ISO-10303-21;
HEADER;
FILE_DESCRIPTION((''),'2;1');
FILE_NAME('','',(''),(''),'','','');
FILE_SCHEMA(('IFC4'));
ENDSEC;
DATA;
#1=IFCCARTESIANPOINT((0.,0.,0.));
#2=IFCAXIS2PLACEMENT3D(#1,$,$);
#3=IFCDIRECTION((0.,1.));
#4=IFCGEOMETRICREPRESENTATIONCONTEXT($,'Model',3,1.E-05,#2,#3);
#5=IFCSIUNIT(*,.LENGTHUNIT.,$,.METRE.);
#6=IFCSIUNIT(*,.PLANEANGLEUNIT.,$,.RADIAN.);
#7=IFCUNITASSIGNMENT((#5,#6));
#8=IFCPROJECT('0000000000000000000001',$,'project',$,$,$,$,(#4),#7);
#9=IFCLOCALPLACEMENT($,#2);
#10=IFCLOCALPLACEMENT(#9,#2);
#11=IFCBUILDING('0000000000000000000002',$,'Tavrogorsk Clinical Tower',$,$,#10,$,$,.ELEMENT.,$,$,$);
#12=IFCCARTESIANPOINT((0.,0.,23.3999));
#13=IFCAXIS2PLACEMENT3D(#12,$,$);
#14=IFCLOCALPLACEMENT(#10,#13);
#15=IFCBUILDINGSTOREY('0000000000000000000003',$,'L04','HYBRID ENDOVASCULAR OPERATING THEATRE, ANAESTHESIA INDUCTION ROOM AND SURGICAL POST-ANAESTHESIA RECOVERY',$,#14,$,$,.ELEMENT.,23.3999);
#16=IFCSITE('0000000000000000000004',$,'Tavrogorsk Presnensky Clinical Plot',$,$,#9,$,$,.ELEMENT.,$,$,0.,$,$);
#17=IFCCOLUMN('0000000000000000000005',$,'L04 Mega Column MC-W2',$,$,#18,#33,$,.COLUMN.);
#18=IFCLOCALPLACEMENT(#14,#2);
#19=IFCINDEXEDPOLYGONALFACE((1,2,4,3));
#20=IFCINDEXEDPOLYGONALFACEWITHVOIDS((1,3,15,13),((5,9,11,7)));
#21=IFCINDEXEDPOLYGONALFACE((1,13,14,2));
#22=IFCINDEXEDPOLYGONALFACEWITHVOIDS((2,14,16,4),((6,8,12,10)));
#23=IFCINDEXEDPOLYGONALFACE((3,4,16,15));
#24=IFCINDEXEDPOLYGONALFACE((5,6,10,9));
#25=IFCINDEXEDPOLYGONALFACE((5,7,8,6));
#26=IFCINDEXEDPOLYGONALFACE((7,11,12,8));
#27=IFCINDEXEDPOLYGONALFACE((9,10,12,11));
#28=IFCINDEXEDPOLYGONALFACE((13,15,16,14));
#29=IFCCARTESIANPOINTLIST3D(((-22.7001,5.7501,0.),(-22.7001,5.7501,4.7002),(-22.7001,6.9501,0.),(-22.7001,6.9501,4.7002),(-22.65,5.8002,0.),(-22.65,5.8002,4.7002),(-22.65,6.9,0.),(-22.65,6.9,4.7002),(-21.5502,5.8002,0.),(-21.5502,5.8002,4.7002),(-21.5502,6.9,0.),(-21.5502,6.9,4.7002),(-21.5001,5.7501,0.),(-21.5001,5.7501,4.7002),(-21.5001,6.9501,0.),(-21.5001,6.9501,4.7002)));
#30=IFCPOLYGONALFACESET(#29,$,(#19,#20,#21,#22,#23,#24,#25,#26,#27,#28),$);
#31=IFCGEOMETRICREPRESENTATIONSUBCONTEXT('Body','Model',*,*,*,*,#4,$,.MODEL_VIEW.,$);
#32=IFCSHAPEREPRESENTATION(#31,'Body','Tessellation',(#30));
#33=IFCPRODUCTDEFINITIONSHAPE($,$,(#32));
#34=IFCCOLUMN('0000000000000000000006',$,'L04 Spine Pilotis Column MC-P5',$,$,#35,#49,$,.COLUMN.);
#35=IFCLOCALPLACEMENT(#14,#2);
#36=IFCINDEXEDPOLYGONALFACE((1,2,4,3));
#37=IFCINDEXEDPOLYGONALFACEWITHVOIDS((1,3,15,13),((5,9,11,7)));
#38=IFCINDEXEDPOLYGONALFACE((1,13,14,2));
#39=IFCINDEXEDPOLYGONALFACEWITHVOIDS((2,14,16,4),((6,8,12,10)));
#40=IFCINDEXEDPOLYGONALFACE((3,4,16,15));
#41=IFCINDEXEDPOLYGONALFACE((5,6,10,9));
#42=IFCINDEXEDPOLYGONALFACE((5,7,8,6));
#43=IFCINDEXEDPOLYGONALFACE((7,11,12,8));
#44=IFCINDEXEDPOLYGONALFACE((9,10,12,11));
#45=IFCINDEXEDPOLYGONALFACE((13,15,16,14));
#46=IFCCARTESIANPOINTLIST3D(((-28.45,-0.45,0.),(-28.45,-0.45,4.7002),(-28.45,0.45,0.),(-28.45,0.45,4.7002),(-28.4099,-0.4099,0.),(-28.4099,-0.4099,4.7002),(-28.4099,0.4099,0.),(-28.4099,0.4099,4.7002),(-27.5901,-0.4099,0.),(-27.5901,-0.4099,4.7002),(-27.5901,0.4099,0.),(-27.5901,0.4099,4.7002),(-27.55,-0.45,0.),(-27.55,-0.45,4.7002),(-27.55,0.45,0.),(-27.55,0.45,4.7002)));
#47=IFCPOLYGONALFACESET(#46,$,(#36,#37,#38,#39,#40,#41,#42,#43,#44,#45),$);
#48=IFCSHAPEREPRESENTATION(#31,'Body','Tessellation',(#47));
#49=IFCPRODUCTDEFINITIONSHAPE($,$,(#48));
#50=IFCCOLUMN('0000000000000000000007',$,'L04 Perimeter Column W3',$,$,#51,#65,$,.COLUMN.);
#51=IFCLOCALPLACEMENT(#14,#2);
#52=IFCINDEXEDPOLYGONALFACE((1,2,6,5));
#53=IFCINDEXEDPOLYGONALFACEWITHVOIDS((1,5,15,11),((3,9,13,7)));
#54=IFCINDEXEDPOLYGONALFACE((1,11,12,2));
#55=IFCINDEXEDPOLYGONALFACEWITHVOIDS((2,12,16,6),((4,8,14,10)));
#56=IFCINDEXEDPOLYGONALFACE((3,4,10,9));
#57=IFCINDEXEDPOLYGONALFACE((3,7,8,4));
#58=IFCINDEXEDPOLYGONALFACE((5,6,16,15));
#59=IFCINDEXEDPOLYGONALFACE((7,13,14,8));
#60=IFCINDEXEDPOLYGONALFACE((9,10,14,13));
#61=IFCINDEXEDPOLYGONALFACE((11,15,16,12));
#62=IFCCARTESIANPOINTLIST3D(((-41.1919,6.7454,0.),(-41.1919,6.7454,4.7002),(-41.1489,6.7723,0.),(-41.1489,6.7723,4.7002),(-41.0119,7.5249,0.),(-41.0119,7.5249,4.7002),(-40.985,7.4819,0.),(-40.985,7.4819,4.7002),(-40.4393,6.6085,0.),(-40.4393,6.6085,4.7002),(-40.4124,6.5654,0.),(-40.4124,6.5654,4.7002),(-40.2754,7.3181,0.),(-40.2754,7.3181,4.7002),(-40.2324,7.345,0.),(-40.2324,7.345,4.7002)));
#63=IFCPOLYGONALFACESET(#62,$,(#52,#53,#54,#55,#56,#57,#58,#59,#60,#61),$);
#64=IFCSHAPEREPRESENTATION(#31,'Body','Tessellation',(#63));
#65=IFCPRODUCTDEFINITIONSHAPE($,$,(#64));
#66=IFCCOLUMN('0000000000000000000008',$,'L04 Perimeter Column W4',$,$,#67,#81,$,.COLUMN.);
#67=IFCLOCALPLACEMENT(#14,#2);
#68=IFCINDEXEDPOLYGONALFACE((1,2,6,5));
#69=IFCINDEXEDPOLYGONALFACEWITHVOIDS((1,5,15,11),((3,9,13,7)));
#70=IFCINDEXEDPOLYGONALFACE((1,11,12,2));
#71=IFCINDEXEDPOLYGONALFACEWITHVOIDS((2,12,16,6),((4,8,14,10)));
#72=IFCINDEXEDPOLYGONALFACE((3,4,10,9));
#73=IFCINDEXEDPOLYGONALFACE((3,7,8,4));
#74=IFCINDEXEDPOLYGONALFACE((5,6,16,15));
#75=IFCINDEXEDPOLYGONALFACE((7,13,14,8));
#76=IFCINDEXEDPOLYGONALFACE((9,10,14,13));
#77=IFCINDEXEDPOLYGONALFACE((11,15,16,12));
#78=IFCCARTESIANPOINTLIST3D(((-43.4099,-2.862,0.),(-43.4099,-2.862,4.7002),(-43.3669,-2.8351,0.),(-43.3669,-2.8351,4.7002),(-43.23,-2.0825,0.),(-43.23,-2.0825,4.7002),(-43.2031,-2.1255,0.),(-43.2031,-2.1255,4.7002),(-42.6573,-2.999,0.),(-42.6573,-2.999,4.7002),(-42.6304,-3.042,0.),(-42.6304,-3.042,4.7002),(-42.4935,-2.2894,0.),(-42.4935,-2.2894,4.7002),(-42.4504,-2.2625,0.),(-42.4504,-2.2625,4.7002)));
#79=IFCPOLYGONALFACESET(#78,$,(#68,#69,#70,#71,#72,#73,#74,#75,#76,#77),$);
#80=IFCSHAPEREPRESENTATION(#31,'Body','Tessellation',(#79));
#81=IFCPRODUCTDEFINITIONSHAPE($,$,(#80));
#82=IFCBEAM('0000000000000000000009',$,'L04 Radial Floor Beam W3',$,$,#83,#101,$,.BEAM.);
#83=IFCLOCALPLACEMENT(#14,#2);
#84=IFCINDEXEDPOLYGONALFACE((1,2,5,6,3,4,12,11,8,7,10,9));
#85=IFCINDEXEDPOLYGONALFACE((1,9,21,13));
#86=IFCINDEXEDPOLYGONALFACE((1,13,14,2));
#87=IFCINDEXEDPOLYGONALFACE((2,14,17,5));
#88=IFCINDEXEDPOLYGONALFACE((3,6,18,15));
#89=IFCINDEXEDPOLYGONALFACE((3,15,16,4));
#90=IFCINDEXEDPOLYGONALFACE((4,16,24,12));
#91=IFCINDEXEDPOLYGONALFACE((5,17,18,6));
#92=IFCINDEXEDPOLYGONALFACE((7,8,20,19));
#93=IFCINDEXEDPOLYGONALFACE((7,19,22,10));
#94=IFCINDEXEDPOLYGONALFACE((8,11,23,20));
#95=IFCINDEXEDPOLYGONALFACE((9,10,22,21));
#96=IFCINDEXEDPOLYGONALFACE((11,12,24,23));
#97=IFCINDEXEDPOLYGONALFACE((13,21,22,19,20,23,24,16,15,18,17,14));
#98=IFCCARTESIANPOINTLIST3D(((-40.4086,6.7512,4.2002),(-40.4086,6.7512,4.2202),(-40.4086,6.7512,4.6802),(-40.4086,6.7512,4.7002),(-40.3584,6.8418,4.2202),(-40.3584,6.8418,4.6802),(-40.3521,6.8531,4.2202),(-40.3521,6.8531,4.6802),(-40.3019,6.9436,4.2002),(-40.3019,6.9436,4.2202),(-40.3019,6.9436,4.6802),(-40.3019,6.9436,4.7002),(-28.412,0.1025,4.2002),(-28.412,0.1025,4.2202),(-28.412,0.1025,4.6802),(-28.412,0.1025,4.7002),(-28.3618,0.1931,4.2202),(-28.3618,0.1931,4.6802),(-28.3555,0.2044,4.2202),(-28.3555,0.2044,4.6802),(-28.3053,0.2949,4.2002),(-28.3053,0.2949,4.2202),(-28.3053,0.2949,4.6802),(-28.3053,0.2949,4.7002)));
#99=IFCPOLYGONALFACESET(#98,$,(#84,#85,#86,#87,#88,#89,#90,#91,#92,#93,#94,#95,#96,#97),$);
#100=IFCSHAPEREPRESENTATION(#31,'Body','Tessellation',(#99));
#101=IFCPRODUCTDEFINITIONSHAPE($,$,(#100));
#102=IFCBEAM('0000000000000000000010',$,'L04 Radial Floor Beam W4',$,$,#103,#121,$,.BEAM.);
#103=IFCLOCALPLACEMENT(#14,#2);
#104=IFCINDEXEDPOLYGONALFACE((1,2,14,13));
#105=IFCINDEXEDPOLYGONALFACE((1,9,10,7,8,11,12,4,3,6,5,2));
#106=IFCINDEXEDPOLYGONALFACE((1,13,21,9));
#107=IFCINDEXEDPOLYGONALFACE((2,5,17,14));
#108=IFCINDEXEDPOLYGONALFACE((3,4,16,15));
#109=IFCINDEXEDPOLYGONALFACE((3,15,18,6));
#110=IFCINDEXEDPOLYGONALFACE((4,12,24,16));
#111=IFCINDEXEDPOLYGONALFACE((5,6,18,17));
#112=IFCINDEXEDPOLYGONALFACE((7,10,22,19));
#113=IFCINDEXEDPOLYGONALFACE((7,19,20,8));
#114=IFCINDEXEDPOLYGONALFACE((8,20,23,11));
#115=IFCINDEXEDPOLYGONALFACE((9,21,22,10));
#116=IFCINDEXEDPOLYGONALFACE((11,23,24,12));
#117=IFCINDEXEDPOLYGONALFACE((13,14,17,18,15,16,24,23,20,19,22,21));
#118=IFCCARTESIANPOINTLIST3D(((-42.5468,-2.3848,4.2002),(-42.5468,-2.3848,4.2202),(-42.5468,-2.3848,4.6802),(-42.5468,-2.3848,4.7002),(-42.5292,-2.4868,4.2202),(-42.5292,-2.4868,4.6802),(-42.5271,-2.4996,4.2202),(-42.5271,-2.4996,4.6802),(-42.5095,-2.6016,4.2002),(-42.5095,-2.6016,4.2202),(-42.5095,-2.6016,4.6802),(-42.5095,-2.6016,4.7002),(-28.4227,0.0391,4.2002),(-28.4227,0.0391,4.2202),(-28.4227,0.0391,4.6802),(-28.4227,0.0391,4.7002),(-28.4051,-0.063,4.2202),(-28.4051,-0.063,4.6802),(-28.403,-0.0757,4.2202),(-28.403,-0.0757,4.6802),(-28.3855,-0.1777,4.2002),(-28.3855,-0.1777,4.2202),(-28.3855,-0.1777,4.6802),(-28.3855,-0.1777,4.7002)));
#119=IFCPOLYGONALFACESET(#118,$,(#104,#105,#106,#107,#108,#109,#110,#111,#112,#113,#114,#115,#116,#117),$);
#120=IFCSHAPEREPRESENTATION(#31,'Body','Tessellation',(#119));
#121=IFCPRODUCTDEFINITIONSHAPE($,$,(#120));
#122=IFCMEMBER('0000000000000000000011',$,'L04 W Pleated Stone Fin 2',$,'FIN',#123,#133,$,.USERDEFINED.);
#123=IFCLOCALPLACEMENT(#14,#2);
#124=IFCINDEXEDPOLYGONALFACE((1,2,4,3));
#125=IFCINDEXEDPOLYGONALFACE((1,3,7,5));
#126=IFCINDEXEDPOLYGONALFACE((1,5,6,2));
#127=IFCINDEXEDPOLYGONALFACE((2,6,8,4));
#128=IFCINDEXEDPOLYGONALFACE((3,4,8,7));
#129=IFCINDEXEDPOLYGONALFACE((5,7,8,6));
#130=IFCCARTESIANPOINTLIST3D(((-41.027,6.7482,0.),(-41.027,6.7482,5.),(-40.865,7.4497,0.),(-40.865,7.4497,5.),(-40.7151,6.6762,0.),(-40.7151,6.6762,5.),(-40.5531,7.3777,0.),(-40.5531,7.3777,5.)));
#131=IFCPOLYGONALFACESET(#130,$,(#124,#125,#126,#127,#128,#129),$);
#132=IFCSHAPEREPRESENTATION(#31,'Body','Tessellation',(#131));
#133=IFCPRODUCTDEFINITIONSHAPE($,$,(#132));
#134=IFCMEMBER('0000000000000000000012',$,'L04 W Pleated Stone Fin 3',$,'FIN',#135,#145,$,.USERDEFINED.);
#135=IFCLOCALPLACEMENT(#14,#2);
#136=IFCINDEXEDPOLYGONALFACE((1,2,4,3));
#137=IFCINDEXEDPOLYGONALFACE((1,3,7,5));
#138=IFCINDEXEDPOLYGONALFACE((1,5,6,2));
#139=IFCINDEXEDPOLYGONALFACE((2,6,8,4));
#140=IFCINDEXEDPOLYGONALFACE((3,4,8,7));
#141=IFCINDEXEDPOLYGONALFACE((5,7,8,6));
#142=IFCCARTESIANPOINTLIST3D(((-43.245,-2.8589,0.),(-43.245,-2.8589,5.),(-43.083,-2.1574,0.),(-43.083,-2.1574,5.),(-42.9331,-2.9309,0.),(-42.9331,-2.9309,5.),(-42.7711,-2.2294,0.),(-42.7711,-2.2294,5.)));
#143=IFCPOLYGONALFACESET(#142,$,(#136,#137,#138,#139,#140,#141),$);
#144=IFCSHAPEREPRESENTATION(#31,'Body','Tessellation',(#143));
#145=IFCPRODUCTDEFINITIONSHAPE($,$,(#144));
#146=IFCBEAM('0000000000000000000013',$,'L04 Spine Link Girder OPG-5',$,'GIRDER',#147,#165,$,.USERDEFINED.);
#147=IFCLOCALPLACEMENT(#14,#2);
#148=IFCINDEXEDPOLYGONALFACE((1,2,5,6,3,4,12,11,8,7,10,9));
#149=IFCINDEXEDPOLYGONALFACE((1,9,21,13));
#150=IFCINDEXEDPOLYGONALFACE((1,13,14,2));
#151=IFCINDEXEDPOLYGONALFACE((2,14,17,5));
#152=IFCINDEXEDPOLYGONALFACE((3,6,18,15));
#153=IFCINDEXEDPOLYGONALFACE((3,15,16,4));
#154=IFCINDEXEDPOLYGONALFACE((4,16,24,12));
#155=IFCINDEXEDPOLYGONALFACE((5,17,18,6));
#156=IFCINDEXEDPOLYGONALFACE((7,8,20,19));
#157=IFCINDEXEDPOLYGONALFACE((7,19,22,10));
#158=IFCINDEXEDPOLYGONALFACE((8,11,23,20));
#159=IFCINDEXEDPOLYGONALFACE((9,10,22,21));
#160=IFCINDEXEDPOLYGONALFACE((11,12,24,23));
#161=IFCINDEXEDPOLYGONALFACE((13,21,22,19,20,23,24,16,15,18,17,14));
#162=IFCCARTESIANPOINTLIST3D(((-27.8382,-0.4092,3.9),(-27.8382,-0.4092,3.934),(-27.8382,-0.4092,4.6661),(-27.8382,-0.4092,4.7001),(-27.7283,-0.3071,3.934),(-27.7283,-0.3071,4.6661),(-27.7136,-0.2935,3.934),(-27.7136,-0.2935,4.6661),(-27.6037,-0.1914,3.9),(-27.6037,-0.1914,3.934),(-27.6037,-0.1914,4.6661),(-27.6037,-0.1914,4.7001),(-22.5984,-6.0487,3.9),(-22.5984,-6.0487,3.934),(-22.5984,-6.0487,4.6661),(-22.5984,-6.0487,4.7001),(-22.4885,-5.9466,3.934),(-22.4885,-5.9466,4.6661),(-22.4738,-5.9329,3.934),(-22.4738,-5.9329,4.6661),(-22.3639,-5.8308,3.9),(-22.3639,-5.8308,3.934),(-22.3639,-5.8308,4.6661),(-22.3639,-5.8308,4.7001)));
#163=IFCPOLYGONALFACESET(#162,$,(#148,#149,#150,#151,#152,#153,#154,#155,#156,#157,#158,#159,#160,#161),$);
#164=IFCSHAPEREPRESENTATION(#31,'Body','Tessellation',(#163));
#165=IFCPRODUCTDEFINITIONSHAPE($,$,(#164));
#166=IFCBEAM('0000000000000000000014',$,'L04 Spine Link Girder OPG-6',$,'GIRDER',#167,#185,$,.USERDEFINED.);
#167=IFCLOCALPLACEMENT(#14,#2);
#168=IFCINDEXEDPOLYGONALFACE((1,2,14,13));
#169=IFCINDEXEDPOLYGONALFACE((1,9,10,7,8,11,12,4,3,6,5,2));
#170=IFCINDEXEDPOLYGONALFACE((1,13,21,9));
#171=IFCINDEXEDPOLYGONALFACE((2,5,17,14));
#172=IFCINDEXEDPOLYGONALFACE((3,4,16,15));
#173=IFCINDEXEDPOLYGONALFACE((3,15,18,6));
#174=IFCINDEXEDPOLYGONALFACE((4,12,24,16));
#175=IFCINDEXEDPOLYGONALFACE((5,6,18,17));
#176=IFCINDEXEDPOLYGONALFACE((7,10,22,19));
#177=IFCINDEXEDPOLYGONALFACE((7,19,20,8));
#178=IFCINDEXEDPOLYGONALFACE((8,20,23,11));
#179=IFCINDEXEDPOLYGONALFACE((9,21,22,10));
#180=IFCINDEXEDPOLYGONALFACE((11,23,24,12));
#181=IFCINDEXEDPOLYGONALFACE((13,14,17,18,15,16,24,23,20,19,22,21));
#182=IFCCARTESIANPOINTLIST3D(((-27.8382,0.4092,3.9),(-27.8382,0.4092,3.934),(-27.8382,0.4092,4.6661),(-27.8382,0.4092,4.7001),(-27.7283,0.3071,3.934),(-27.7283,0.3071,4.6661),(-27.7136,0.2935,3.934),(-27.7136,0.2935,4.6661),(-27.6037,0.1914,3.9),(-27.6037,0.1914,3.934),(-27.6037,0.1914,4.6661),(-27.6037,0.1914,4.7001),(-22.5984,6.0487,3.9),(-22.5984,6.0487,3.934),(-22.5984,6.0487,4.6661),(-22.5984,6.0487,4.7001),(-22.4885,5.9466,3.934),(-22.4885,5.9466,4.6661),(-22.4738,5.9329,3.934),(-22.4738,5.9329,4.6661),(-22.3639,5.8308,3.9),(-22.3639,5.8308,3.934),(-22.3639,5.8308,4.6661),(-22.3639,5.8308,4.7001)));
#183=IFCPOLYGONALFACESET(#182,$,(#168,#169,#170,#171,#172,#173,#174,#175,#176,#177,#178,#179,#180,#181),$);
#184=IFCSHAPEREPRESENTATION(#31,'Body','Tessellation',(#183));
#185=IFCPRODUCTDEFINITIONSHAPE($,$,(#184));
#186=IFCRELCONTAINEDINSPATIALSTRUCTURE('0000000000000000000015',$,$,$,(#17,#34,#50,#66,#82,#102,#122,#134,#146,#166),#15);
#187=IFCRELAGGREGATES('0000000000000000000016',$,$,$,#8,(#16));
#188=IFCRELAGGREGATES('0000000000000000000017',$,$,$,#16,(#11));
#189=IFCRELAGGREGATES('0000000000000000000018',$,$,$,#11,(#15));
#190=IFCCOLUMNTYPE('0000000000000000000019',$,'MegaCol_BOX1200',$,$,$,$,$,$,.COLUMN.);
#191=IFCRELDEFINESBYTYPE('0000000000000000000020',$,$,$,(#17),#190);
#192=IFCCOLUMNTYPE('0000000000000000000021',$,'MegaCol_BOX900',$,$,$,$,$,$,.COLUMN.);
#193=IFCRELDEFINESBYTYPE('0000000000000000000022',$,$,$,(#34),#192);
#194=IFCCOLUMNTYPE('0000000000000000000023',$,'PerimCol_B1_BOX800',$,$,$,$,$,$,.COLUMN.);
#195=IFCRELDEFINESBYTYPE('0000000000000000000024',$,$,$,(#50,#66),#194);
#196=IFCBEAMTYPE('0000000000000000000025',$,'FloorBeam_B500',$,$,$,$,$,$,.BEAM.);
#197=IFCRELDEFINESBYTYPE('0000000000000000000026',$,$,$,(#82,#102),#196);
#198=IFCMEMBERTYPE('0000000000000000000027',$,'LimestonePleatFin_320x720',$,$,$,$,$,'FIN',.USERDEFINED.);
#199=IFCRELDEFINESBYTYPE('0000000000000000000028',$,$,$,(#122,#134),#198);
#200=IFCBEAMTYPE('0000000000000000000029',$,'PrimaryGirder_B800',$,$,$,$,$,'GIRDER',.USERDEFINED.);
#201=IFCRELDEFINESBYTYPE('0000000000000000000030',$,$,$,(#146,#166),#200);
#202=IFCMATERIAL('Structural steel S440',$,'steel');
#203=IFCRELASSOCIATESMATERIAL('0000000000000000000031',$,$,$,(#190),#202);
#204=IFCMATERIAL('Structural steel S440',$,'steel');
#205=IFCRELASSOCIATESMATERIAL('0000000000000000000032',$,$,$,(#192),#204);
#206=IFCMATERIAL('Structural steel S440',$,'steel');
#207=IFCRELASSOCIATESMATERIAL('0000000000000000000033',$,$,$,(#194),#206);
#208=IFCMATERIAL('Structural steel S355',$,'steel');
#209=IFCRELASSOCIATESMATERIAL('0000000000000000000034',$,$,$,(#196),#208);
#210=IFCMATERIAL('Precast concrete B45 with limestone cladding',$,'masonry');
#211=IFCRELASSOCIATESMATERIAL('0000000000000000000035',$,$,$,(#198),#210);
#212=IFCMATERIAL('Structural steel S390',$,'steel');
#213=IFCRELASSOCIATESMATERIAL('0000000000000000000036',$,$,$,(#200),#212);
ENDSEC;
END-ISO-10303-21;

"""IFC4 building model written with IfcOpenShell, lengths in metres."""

from ifc_helpers import new_model, si_unit, direction, frame, origin, origin_2d, place, context, subcontext, project, spatial, rectangle, hollow_rectangle, i_section, extrude, material, material_profile, profile_set, type_object, element, save


model = new_model("IFC4")

# Units and contexts
model_context = context("Model", 3, precision=1e-05, world=origin(), true_north=direction((0.0, 1.0)))
body_context = subcontext(model_context, "Body", "Model", "MODEL_VIEW")
ifc_project = project(units=[si_unit("LENGTHUNIT", "METRE"), si_unit("PLANEANGLEUNIT", "RADIAN")], contexts=[model_context])

# Site, building, storey
site_placement = place(None, origin())
site = spatial("IfcSite", under=ifc_project, at=site_placement, Name="Tavrogorsk Presnensky Clinical Plot", CompositionType="ELEMENT", RefElevation=0.0)
building_placement = place(site_placement, origin())
building = spatial("IfcBuilding", under=site, at=building_placement, Name="Tavrogorsk Clinical Tower", CompositionType="ELEMENT")
storey_placement = place(building_placement, frame((0.0, 0.0, 23.3999)))
storey = spatial("IfcBuildingStorey", under=building, at=storey_placement, Name="L04", Description="HYBRID ENDOVASCULAR OPERATING THEATRE, ANAESTHESIA INDUCTION ROOM AND SURGICAL POST-ANAESTHESIA RECOVERY", CompositionType="ELEMENT", Elevation=23.3999)

# Columns
ifc_material_1 = material(Name="Structural steel S440", Category="steel")
ifc_material_profile_1 = material_profile(ifc_material_1, hollow_rectangle(XDim=1.2, YDim=1.2, WallThickness=0.05, at=origin_2d()), Name="BOX-1200x1200x50")
ifc_profile_set_1 = profile_set([ifc_material_profile_1], Name="Structural steel S440")
column_type_1 = type_object("IfcColumnType", Name="MegaCol_BOX1200", PredefinedType="COLUMN", material=ifc_profile_set_1)
column_1_placement = place(storey_placement, frame((-22.1001, 6.3501, 0.0), z_axis=(0.0, 0.0, 1.0), x_axis=(1.0, 0.0, 0.0)))
element("IfcColumn", 1, at=column_1_placement, inside=storey, type_object=column_type_1, Name="L04 Mega Column MC-W2", PredefinedType="COLUMN", context=body_context, shape_type="SweptSolid", body=[
    extrude(hollow_rectangle(XDim=1.2, YDim=1.2, WallThickness=0.05, at=origin_2d()), origin(), (0.0, 0.0, 1.0), 4.7002),
])
ifc_material_2 = material(Name="Structural steel S440", Category="steel")
ifc_material_profile_2 = material_profile(ifc_material_2, hollow_rectangle(XDim=0.8999, YDim=0.8999, WallThickness=0.04, at=origin_2d()), Name="BOX-900x900x40")
ifc_profile_set_2 = profile_set([ifc_material_profile_2], Name="Structural steel S440")
column_type_2 = type_object("IfcColumnType", Name="MegaCol_BOX900", PredefinedType="COLUMN", material=ifc_profile_set_2)
column_2_placement = place(storey_placement, frame((-28.0, 0.0, 0.0), z_axis=(0.0, 0.0, 1.0), x_axis=(1.0, 0.0, 0.0)))
element("IfcColumn", 2, at=column_2_placement, inside=storey, type_object=column_type_2, Name="L04 Spine Pilotis Column MC-P5", PredefinedType="COLUMN", context=body_context, shape_type="SweptSolid", body=[
    extrude(hollow_rectangle(XDim=0.8999, YDim=0.8999, WallThickness=0.04, at=origin_2d()), origin(), (0.0, 0.0, 1.0), 4.7002),
])
ifc_material_3 = material(Name="Structural steel S440", Category="steel")
ifc_material_profile_3 = material_profile(ifc_material_3, hollow_rectangle(XDim=0.8, YDim=0.8, WallThickness=0.0359, at=origin_2d()), Name="BOX-800x800x36")
ifc_profile_set_3 = profile_set([ifc_material_profile_3], Name="Structural steel S440")
column_type_3 = type_object("IfcColumnType", Name="PerimCol_B1_BOX800", PredefinedType="COLUMN", material=ifc_profile_set_3)
for number, where, z_axis, x_axis, name in (
    (3, (-40.7122, 7.0452, 0.0), (0.0, 0.0, 1.0), (0.97437, -0.224951, 0.0), "L04 Perimeter Column W3"),
    (4, (-42.9302, -2.5623, 0.0), (0.0, 0.0, 1.0), (0.97437, -0.224951, 0.0), "L04 Perimeter Column W4"),
):
    element("IfcColumn", number, at=place(storey_placement, frame(where, z_axis=z_axis, x_axis=x_axis)), inside=storey, type_object=column_type_3, Name=name, PredefinedType="COLUMN", context=body_context, shape_type="SweptSolid", body=[
        extrude(hollow_rectangle(XDim=0.8, YDim=0.8, WallThickness=0.0359, at=origin_2d()), origin(), (0.0, 0.0, 1.0), 4.7002),
    ])

# Beams
ifc_material_4 = material(Name="Structural steel S355", Category="steel")
ifc_material_profile_4 = material_profile(ifc_material_4, i_section(OverallWidth=0.22, OverallDepth=0.5, WebThickness=0.0129, FlangeThickness=0.02, at=origin_2d()), Name="B-500x220x13x20")
ifc_profile_set_4 = profile_set([ifc_material_profile_4], Name="Structural steel S355")
beam_type_1 = type_object("IfcBeamType", Name="FloorBeam_B500", PredefinedType="BEAM", material=ifc_profile_set_4)
beam_1_placement = place(storey_placement, frame((-28.3586, 0.1987, 4.4502), z_axis=(-0.874655, 0.484746, 0.0), x_axis=(-0.484746, -0.874655, 0.0)))
element("IfcBeam", 5, at=beam_1_placement, inside=storey, type_object=beam_type_1, Name="L04 Radial Floor Beam W3", PredefinedType="BEAM", context=body_context, shape_type="SweptSolid", body=[
    extrude(i_section(OverallWidth=0.22, OverallDepth=0.5, WebThickness=0.0129, FlangeThickness=0.02, at=origin_2d()), origin(), (0.0, 0.0, 1.0), 13.7158),
])
beam_2_placement = place(storey_placement, frame((-28.4041, -0.0693, 4.4502), z_axis=(-0.985592, -0.169138, 0.0), x_axis=(0.169138, -0.985592, 0.0)))
element("IfcBeam", 6, at=beam_2_placement, inside=storey, type_object=beam_type_1, Name="L04 Radial Floor Beam W4", PredefinedType="BEAM", context=body_context, shape_type="SweptSolid", body=[
    extrude(i_section(OverallWidth=0.22, OverallDepth=0.5, WebThickness=0.0129, FlangeThickness=0.02, at=origin_2d()), origin(), (0.0, 0.0, 1.0), 14.3306),
])

# Members
ifc_material_5 = material(Name="Precast concrete B45 with limestone cladding", Category="masonry")
ifc_material_profile_5 = material_profile(ifc_material_5, rectangle(XDim=0.3201, YDim=0.72, at=origin_2d()), Name="LIMESTONE-FIN-320x720")
ifc_profile_set_5 = profile_set([ifc_material_profile_5], Name="Precast concrete B45 with limestone cladding")
member_type = type_object("IfcMemberType", Name="LimestonePleatFin_320x720", ElementType="FIN", PredefinedType="USERDEFINED", material=ifc_profile_set_5)
for number, where, z_axis, x_axis, name in (
    (7, (-40.79, 7.063, 0.0), (0.0, 0.0, 1.0), (0.97437, -0.224951, 0.0), "L04 W Pleated Stone Fin 2"),
    (8, (-43.0081, -2.5442, 0.0), (0.0, 0.0, 1.0), (0.97437, -0.224951, 0.0), "L04 W Pleated Stone Fin 3"),
):
    element("IfcMember", number, at=place(storey_placement, frame(where, z_axis=z_axis, x_axis=x_axis)), inside=storey, type_object=member_type, Name=name, ObjectType="FIN", PredefinedType="USERDEFINED", context=body_context, shape_type="SweptSolid", body=[
        extrude(rectangle(XDim=0.3201, YDim=0.72, at=origin_2d()), origin(), (0.0, 0.0, 1.0), 5.0),
    ])

# Beams
ifc_material_6 = material(Name="Structural steel S390", Category="steel")
ifc_material_profile_6 = material_profile(ifc_material_6, i_section(OverallWidth=0.3201, OverallDepth=0.8, WebThickness=0.02, FlangeThickness=0.0339, at=origin_2d()), Name="B-800x320x20x34")
ifc_profile_set_6 = profile_set([ifc_material_profile_6], Name="Structural steel S390")
beam_type_2 = type_object("IfcBeamType", Name="PrimaryGirder_B800", ElementType="GIRDER", PredefinedType="USERDEFINED", material=ifc_profile_set_6)
for number, where, z_axis, x_axis, name in (
    (9, (-27.7209, -0.3003, 4.3), (0.680671, -0.732589, 0.0), (0.732589, 0.680671, 0.0), "L04 Spine Link Girder OPG-5"),
    (10, (-27.7209, 0.3003, 4.3), (0.680671, 0.732589, 0.0), (-0.732589, 0.680671, 0.0), "L04 Spine Link Girder OPG-6"),
):
    element("IfcBeam", number, at=place(storey_placement, frame(where, z_axis=z_axis, x_axis=x_axis)), inside=storey, type_object=beam_type_2, Name=name, ObjectType="GIRDER", PredefinedType="USERDEFINED", context=body_context, shape_type="SweptSolid", body=[
        extrude(i_section(OverallWidth=0.3201, OverallDepth=0.8, WebThickness=0.02, FlangeThickness=0.0339, at=origin_2d()), origin(), (0.0, 0.0, 1.0), 7.698),
    ])

save(model, "model.ifc")
